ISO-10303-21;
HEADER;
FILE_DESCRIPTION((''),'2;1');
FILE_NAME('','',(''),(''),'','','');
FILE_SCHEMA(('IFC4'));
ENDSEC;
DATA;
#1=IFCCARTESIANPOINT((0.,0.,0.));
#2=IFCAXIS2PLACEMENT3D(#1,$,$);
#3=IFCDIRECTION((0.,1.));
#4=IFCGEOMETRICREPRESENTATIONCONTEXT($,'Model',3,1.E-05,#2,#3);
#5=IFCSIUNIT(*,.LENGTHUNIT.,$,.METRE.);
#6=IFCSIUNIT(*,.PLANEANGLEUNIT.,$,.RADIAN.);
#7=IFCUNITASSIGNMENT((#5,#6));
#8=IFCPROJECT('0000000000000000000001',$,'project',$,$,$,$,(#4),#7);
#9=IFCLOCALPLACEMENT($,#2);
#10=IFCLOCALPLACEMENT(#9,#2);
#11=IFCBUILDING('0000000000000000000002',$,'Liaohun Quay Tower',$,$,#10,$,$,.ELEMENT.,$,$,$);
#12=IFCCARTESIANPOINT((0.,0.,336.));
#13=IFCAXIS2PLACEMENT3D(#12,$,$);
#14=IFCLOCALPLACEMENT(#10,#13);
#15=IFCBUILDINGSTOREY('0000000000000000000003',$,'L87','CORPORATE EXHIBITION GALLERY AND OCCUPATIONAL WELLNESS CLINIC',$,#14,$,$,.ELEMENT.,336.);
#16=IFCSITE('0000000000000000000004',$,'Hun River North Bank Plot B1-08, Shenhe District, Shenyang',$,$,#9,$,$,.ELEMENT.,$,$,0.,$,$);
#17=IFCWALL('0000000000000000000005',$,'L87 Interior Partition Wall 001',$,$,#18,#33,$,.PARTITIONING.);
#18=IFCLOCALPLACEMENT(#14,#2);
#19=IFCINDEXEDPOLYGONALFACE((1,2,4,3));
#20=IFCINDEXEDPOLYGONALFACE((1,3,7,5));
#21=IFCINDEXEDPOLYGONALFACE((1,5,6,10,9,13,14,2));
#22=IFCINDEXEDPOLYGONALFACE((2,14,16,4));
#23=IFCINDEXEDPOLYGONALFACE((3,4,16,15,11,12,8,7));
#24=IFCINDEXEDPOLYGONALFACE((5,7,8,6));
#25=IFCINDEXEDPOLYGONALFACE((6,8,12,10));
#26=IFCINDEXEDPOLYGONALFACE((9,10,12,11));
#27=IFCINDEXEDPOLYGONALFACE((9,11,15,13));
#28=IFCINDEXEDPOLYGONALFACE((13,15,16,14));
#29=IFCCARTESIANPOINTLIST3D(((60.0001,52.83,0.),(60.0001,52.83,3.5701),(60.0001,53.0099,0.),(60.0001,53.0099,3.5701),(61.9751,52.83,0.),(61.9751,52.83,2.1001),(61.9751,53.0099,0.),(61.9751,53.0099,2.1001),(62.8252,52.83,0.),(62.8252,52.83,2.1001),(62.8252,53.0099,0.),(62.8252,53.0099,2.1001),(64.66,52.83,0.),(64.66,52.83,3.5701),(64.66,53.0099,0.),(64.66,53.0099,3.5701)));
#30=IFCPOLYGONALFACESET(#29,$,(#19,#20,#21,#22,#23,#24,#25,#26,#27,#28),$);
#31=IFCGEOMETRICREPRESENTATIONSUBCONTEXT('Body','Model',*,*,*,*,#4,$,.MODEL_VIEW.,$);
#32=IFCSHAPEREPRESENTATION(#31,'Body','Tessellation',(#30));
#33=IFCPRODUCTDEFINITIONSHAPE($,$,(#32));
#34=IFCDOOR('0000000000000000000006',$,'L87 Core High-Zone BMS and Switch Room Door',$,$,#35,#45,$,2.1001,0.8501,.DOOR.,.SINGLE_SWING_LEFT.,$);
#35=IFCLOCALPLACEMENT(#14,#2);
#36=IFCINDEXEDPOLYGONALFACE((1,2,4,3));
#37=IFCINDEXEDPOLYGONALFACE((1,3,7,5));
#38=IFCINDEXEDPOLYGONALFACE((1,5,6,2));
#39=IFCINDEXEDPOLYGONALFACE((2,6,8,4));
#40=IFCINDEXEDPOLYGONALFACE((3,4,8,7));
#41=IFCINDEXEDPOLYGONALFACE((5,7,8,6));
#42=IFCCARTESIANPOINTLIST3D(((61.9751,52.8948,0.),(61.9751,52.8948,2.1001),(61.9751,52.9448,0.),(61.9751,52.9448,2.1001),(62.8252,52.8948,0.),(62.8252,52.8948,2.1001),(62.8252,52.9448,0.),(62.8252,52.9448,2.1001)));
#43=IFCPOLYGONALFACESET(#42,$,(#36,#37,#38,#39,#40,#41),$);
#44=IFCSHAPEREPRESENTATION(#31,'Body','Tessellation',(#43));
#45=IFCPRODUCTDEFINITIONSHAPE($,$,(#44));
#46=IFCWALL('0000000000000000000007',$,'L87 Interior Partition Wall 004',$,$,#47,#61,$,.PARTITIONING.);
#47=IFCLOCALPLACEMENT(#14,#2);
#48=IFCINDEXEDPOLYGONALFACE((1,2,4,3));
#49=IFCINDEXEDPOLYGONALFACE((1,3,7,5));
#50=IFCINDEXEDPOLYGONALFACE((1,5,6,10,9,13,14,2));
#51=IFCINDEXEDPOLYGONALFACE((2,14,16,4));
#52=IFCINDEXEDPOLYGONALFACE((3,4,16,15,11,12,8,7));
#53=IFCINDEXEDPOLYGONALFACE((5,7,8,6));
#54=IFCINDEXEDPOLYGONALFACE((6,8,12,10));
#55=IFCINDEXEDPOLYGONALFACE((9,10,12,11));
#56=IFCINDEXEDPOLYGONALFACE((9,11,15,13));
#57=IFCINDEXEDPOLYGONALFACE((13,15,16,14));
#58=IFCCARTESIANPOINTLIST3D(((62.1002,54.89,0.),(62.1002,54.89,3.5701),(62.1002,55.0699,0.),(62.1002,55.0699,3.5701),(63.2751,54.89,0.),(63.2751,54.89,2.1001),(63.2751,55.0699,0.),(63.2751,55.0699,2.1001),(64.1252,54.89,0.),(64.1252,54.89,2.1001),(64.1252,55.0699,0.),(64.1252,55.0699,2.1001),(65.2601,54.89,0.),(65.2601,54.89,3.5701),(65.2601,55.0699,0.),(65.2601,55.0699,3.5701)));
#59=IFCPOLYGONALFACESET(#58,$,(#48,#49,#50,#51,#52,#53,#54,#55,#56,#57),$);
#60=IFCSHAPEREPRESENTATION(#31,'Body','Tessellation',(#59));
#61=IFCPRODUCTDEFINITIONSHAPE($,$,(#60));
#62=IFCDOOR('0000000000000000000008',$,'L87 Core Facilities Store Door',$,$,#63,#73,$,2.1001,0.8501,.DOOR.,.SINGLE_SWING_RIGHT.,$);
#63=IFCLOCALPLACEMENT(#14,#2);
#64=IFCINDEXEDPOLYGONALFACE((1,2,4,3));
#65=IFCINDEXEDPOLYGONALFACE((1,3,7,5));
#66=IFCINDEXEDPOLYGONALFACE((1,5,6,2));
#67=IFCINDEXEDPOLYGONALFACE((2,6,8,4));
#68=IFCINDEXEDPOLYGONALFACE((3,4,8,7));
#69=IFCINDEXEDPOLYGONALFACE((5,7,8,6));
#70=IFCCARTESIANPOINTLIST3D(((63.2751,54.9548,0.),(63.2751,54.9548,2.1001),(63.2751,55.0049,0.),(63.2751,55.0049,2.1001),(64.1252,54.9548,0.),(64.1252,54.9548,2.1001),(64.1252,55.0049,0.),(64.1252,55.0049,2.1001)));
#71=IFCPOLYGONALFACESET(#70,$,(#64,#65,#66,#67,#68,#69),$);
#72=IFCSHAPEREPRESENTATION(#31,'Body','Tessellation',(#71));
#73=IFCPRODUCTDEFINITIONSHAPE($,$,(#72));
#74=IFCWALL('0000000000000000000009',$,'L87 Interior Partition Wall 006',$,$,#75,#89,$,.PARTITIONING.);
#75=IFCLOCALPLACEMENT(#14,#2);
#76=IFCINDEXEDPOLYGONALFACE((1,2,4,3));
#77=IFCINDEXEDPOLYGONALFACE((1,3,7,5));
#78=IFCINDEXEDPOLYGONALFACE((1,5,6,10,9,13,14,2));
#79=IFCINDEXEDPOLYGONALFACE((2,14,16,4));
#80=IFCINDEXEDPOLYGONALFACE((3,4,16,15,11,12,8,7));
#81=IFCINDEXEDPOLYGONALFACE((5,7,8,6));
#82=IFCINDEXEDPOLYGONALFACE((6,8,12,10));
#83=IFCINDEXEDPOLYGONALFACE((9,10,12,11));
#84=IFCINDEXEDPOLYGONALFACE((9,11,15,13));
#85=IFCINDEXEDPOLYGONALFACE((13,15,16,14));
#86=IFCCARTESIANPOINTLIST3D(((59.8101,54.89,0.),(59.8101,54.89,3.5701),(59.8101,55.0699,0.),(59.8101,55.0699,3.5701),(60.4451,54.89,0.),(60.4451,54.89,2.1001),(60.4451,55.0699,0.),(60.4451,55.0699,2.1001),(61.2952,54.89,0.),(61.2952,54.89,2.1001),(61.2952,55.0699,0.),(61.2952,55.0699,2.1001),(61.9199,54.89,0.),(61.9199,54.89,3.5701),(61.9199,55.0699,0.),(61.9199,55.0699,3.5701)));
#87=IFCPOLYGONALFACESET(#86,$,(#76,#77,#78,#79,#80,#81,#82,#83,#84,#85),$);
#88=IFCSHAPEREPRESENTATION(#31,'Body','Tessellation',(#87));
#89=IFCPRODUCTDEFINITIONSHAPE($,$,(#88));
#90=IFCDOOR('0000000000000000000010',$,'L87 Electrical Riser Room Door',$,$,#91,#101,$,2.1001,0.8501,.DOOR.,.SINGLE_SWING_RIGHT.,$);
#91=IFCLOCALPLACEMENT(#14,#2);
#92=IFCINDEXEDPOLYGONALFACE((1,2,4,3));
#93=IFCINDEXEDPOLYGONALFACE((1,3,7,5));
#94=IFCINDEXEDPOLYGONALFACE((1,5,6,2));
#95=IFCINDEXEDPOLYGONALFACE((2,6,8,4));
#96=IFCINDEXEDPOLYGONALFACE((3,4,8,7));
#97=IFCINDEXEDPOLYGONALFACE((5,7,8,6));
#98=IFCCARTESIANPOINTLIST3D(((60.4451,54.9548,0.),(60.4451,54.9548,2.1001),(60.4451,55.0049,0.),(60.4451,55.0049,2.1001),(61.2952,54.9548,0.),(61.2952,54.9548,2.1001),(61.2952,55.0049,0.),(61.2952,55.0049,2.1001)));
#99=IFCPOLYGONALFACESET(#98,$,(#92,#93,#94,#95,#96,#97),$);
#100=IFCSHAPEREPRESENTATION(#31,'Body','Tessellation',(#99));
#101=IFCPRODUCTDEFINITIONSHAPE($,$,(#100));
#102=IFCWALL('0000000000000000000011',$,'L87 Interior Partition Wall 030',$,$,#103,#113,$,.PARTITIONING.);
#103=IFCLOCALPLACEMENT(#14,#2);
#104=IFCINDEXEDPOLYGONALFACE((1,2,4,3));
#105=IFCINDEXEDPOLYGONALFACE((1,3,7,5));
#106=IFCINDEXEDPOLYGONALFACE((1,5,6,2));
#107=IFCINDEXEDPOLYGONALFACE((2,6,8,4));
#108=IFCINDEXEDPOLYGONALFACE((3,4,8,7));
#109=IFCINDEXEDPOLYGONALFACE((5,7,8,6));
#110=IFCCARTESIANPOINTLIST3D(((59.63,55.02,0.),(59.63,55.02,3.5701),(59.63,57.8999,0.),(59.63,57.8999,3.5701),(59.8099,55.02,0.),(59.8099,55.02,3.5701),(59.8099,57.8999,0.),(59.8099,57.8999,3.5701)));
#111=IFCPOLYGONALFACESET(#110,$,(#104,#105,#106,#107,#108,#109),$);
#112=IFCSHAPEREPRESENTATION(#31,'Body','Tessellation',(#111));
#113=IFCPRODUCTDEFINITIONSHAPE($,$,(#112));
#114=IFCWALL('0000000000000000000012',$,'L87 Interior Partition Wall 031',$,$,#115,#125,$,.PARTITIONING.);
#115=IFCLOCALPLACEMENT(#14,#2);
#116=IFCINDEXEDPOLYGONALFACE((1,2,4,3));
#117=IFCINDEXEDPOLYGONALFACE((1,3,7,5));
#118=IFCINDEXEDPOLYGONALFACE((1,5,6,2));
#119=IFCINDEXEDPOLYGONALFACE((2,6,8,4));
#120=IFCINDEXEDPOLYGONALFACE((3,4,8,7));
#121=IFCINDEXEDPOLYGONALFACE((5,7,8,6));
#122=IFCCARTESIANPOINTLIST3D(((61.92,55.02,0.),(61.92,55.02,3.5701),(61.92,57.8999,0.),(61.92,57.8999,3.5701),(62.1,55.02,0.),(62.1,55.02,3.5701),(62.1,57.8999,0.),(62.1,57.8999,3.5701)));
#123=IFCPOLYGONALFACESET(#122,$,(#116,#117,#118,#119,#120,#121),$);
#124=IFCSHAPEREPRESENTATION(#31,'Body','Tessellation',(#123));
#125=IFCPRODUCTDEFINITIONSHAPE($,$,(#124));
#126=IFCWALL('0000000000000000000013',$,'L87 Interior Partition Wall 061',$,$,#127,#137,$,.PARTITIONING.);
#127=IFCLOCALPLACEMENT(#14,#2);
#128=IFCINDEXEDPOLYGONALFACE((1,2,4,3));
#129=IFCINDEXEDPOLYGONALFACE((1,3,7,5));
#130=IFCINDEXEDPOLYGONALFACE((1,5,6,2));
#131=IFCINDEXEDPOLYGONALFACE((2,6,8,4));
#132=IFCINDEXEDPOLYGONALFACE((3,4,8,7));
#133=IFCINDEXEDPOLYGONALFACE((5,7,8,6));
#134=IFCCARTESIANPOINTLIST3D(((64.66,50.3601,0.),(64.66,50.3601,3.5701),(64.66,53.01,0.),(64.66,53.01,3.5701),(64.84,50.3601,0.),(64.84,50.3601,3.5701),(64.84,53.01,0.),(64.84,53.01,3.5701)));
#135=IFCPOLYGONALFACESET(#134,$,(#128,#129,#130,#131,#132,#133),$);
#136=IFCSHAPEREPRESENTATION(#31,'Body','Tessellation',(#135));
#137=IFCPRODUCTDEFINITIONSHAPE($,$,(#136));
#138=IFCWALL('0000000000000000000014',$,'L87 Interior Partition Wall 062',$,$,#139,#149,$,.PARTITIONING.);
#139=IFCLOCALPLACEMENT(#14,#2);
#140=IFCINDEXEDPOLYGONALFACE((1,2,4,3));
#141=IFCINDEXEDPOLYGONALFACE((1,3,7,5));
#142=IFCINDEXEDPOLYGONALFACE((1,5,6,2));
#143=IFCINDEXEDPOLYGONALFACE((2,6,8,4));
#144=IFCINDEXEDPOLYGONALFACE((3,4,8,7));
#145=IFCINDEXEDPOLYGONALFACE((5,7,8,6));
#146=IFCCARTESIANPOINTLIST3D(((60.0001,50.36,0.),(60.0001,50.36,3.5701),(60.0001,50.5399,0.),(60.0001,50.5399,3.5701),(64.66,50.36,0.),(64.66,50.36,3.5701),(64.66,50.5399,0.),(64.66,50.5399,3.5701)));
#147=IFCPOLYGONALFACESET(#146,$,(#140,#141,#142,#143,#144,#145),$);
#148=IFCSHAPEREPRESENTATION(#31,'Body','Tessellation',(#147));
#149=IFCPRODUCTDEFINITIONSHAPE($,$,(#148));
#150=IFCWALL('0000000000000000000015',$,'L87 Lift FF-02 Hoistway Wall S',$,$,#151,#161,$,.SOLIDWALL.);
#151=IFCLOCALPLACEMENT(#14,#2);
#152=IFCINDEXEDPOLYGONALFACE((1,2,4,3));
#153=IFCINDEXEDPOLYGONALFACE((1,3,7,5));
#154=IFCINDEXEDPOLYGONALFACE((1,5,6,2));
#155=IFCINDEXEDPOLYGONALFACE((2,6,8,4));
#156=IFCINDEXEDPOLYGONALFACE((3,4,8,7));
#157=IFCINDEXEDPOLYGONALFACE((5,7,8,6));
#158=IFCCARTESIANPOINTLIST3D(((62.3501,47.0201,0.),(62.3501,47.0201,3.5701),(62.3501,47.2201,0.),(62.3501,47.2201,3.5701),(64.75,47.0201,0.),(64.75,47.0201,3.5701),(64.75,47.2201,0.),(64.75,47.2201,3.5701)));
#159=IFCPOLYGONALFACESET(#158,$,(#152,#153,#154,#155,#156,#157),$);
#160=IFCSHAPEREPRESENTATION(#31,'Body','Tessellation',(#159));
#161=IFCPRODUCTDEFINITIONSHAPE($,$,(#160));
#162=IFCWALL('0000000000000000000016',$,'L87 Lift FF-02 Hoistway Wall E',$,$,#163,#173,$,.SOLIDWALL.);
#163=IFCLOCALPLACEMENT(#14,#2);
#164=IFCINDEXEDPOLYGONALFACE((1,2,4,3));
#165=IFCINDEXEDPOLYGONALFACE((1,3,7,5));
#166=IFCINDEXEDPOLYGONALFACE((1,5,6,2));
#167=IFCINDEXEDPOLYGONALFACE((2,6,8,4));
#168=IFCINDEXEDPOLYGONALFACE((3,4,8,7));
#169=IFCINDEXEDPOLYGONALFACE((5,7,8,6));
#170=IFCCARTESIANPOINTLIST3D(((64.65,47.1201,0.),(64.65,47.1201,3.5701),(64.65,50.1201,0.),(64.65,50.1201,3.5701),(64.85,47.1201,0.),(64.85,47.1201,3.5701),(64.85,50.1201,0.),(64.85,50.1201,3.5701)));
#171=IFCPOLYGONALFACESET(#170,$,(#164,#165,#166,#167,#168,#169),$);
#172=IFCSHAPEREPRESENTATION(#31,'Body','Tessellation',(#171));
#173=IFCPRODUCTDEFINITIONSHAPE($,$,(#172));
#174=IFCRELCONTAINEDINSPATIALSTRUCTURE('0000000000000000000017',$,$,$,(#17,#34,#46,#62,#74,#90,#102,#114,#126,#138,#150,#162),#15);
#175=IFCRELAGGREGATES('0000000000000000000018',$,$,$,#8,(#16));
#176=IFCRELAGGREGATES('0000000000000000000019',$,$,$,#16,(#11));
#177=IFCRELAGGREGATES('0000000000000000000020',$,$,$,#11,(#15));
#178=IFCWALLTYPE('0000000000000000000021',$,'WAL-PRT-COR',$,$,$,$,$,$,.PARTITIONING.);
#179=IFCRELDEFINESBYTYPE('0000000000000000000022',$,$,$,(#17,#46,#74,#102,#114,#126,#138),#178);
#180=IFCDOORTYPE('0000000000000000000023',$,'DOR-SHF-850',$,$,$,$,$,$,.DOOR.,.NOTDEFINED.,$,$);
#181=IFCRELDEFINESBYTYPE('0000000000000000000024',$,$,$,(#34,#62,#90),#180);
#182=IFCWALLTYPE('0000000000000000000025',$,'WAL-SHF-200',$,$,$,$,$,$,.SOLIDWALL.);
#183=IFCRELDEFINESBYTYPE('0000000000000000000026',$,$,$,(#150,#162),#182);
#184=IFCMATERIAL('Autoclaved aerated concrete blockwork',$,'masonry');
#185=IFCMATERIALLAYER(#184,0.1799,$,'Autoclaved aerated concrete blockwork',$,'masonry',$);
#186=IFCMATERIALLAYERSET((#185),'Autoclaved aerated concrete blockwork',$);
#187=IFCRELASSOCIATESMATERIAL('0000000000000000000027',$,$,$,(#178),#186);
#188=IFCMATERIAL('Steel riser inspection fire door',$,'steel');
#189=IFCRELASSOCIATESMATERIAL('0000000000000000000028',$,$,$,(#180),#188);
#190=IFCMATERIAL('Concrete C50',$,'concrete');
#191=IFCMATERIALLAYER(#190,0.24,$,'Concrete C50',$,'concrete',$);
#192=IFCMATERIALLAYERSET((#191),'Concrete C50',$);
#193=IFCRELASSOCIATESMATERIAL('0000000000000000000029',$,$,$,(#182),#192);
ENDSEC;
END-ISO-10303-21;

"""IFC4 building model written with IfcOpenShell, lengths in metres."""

from ifc_helpers import new_model, si_unit, direction, frame, frame_2d, origin, place, context, subcontext, project, spatial, rectangle, extrude, source, transform, mapped, material, layer, layer_set, type_object, element, fill, save


model = new_model("IFC4")

# Units and contexts
model_context = context("Model", 3, precision=1e-05, world=origin(), true_north=direction((0.0, 1.0)))
body_context = subcontext(model_context, "Body", "Model", "MODEL_VIEW")
ifc_project = project(units=[si_unit("LENGTHUNIT", "METRE"), si_unit("PLANEANGLEUNIT", "RADIAN")], contexts=[model_context])

# Site, building, storey
site_placement = place(None, origin())
site = spatial("IfcSite", under=ifc_project, at=site_placement, Name="Hun River North Bank Plot B1-08, Shenhe District, Shenyang", CompositionType="ELEMENT", RefElevation=0.0)
building_placement = place(site_placement, origin())
building = spatial("IfcBuilding", under=site, at=building_placement, Name="Liaohun Quay Tower", CompositionType="ELEMENT")
storey_placement = place(building_placement, frame((0.0, 0.0, 336.0)))
storey = spatial("IfcBuildingStorey", under=building, at=storey_placement, Name="L87", Description="CORPORATE EXHIBITION GALLERY AND OCCUPATIONAL WELLNESS CLINIC", CompositionType="ELEMENT", Elevation=336.0)

# Walls, openings, doors
ifc_material_1 = material(Name="Autoclaved aerated concrete blockwork", Category="masonry")
ifc_layer_1 = layer(ifc_material_1, 0.1799, Name="Autoclaved aerated concrete blockwork", Category="masonry")
ifc_layer_set_1 = layer_set([ifc_layer_1], Name="Autoclaved aerated concrete blockwork")
wall_type_1 = type_object("IfcWallType", Name="WAL-PRT-COR", PredefinedType="PARTITIONING", material=ifc_layer_set_1)
wall_1_placement = place(storey_placement, frame((60.0, 52.9199, 0.0), z_axis=(0.0, 0.0, 1.0), x_axis=(1.0, 0.0, 0.0)))
wall_1 = element("IfcWall", 1, at=wall_1_placement, inside=storey, type_object=wall_type_1, Name="L87 Interior Partition Wall 001", PredefinedType="PARTITIONING", context=body_context, shape_type="SweptSolid", body=[
    extrude(rectangle(XDim=4.6599, YDim=0.1799, at=frame_2d((2.3301, 0.0))), origin(), (0.0, 0.0, 1.0), 3.5701),
])
shared_shape_1 = source(origin(), body_context, "Body", "SweptSolid", [
    extrude(rectangle(XDim=0.8501, YDim=2.1001, at=frame_2d((0.425, 1.05))), frame((0.0, 0.0999, 0.0), z_axis=(0.0, -1.0, 0.0), x_axis=(1.0, 0.0, 0.0)), (0.0, 0.0, 1.0), 0.2),
])
opening_1_placement = place(wall_1_placement, frame((1.9751, 0.0, 0.0)))
opening_1 = element("IfcOpeningElement", 2, at=opening_1_placement, cuts=wall_1, PredefinedType="OPENING", context=body_context, shape_type="MappedRepresentation", body=[
    mapped(shared_shape_1, transform((0.0, 0.0, 0.0), x_axis=(1.0, 0.0, 0.0), y_axis=(0.0, 1.0, 0.0), z_axis=(0.0, 0.0, 1.0), scale=1.0)),
])
ifc_material_2 = material(Name="Steel riser inspection fire door", Category="steel")
door_type_1 = type_object("IfcDoorType", Name="DOR-SHF-850", OperationType="NOTDEFINED", PredefinedType="DOOR", material=ifc_material_2)
shared_shape_2 = source(origin(), body_context, "Body", "SweptSolid", [
    extrude(rectangle(XDim=0.8501, YDim=2.1001, at=frame_2d((0.425, 1.05))), frame((0.0, 0.0249, 0.0), z_axis=(0.0, -1.0, 0.0), x_axis=(1.0, 0.0, 0.0)), (0.0, 0.0, 1.0), 0.05),
])
door_1_placement = place(opening_1_placement, origin())
door_1 = element("IfcDoor", 3, at=door_1_placement, inside=storey, type_object=door_type_1, Name="L87 Core High-Zone BMS and Switch Room Door", OperationType="SINGLE_SWING_LEFT", OverallHeight=2.1001, OverallWidth=0.8501, PredefinedType="DOOR", context=body_context, shape_type="MappedRepresentation", body=[
    mapped(shared_shape_2, transform((0.0, 0.0, 0.0), x_axis=(1.0, 0.0, 0.0), y_axis=(0.0, 1.0, 0.0), z_axis=(0.0, 0.0, 1.0), scale=1.0)),
])
fill(opening_1, door_1)
wall_2_placement = place(storey_placement, frame((62.1001, 54.98, 0.0), z_axis=(0.0, 0.0, 1.0), x_axis=(1.0, 0.0, 0.0)))
wall_2 = element("IfcWall", 4, at=wall_2_placement, inside=storey, type_object=wall_type_1, Name="L87 Interior Partition Wall 004", PredefinedType="PARTITIONING", context=body_context, shape_type="SweptSolid", body=[
    extrude(rectangle(XDim=3.1599, YDim=0.1799, at=frame_2d((1.5801, 0.0))), origin(), (0.0, 0.0, 1.0), 3.5701),
])
opening_2_placement = place(wall_2_placement, frame((1.175, 0.0, 0.0)))
opening_2 = element("IfcOpeningElement", 5, at=opening_2_placement, cuts=wall_2, PredefinedType="OPENING", context=body_context, shape_type="MappedRepresentation", body=[
    mapped(shared_shape_1, transform((0.0, 0.0, 0.0), x_axis=(1.0, 0.0, 0.0), y_axis=(0.0, 1.0, 0.0), z_axis=(0.0, 0.0, 1.0), scale=1.0)),
])
door_2_placement = place(opening_2_placement, origin())
door_2 = element("IfcDoor", 6, at=door_2_placement, inside=storey, type_object=door_type_1, Name="L87 Core Facilities Store Door", OperationType="SINGLE_SWING_RIGHT", OverallHeight=2.1001, OverallWidth=0.8501, PredefinedType="DOOR", context=body_context, shape_type="MappedRepresentation", body=[
    mapped(shared_shape_2, transform((0.0, 0.0, 0.0), x_axis=(1.0, 0.0, 0.0), y_axis=(0.0, 1.0, 0.0), z_axis=(0.0, 0.0, 1.0), scale=1.0)),
])
fill(opening_2, door_2)
wall_3_placement = place(storey_placement, frame((59.8101, 54.98, 0.0), z_axis=(0.0, 0.0, 1.0), x_axis=(1.0, 0.0, 0.0)))
wall_3 = element("IfcWall", 7, at=wall_3_placement, inside=storey, type_object=wall_type_1, Name="L87 Interior Partition Wall 006", PredefinedType="PARTITIONING", context=body_context, shape_type="SweptSolid", body=[
    extrude(rectangle(XDim=2.1099, YDim=0.1799, at=frame_2d((1.0549, 0.0))), origin(), (0.0, 0.0, 1.0), 3.5701),
])
opening_3_placement = place(wall_3_placement, frame((0.635, 0.0, 0.0)))
opening_3 = element("IfcOpeningElement", 8, at=opening_3_placement, cuts=wall_3, PredefinedType="OPENING", context=body_context, shape_type="MappedRepresentation", body=[
    mapped(shared_shape_1, transform((0.0, 0.0, 0.0), x_axis=(1.0, 0.0, 0.0), y_axis=(0.0, 1.0, 0.0), z_axis=(0.0, 0.0, 1.0), scale=1.0)),
])
door_3_placement = place(opening_3_placement, origin())
door_3 = element("IfcDoor", 9, at=door_3_placement, inside=storey, type_object=door_type_1, Name="L87 Electrical Riser Room Door", OperationType="SINGLE_SWING_RIGHT", OverallHeight=2.1001, OverallWidth=0.8501, PredefinedType="DOOR", context=body_context, shape_type="MappedRepresentation", body=[
    mapped(shared_shape_2, transform((0.0, 0.0, 0.0), x_axis=(1.0, 0.0, 0.0), y_axis=(0.0, 1.0, 0.0), z_axis=(0.0, 0.0, 1.0), scale=1.0)),
])
fill(opening_3, door_3)

# Walls
for number, where, z_axis, x_axis, name in (
    (10, (59.72, 55.02, 0.0), (0.0, 0.0, 1.0), (0.0, 1.0, 0.0), "L87 Interior Partition Wall 030"),
    (11, (62.01, 55.02, 0.0), (0.0, 0.0, 1.0), (0.0, 1.0, 0.0), "L87 Interior Partition Wall 031"),
):
    element("IfcWall", number, at=place(storey_placement, frame(where, z_axis=z_axis, x_axis=x_axis)), inside=storey, type_object=wall_type_1, Name=name, PredefinedType="PARTITIONING", context=body_context, shape_type="SweptSolid", body=[
        extrude(rectangle(XDim=2.8799, YDim=0.1799, at=frame_2d((1.4399, 0.0))), origin(), (0.0, 0.0, 1.0), 3.5701),
    ])
wall_4_placement = place(storey_placement, frame((64.75, 50.3601, 0.0), z_axis=(0.0, 0.0, 1.0), x_axis=(0.0, 1.0, 0.0)))
element("IfcWall", 12, at=wall_4_placement, inside=storey, type_object=wall_type_1, Name="L87 Interior Partition Wall 061", PredefinedType="PARTITIONING", context=body_context, shape_type="SweptSolid", body=[
    extrude(rectangle(XDim=2.6499, YDim=0.1799, at=frame_2d((1.325, 0.0))), origin(), (0.0, 0.0, 1.0), 3.5701),
])
wall_5_placement = place(storey_placement, frame((60.0, 50.45, 0.0), z_axis=(0.0, 0.0, 1.0), x_axis=(1.0, 0.0, 0.0)))
element("IfcWall", 13, at=wall_5_placement, inside=storey, type_object=wall_type_1, Name="L87 Interior Partition Wall 062", PredefinedType="PARTITIONING", context=body_context, shape_type="SweptSolid", body=[
    extrude(rectangle(XDim=4.6599, YDim=0.1799, at=frame_2d((2.3301, 0.0))), origin(), (0.0, 0.0, 1.0), 3.5701),
])
ifc_material_3 = material(Name="Concrete C50", Category="concrete")
ifc_layer_2 = layer(ifc_material_3, 0.24, Name="Concrete C50", Category="concrete")
ifc_layer_set_2 = layer_set([ifc_layer_2], Name="Concrete C50")
wall_type_2 = type_object("IfcWallType", Name="WAL-SHF-200", PredefinedType="SOLIDWALL", material=ifc_layer_set_2)
wall_6_placement = place(storey_placement, frame((62.3501, 47.1201, 0.0), z_axis=(0.0, 0.0, 1.0), x_axis=(1.0, 0.0, 0.0)))
element("IfcWall", 14, at=wall_6_placement, inside=storey, type_object=wall_type_2, Name="L87 Lift FF-02 Hoistway Wall S", PredefinedType="SOLIDWALL", context=body_context, shape_type="SweptSolid", body=[
    extrude(rectangle(XDim=2.3999, YDim=0.2, at=frame_2d((1.2, 0.0))), origin(), (0.0, 0.0, 1.0), 3.5701),
])
wall_7_placement = place(storey_placement, frame((64.75, 47.1201, 0.0), z_axis=(0.0, 0.0, 1.0), x_axis=(0.0, 1.0, 0.0)))
element("IfcWall", 15, at=wall_7_placement, inside=storey, type_object=wall_type_2, Name="L87 Lift FF-02 Hoistway Wall E", PredefinedType="SOLIDWALL", context=body_context, shape_type="SweptSolid", body=[
    extrude(rectangle(XDim=3.0, YDim=0.2, at=frame_2d((1.5, 0.0))), origin(), (0.0, 0.0, 1.0), 3.5701),
])

save(model, "model.ifc")
